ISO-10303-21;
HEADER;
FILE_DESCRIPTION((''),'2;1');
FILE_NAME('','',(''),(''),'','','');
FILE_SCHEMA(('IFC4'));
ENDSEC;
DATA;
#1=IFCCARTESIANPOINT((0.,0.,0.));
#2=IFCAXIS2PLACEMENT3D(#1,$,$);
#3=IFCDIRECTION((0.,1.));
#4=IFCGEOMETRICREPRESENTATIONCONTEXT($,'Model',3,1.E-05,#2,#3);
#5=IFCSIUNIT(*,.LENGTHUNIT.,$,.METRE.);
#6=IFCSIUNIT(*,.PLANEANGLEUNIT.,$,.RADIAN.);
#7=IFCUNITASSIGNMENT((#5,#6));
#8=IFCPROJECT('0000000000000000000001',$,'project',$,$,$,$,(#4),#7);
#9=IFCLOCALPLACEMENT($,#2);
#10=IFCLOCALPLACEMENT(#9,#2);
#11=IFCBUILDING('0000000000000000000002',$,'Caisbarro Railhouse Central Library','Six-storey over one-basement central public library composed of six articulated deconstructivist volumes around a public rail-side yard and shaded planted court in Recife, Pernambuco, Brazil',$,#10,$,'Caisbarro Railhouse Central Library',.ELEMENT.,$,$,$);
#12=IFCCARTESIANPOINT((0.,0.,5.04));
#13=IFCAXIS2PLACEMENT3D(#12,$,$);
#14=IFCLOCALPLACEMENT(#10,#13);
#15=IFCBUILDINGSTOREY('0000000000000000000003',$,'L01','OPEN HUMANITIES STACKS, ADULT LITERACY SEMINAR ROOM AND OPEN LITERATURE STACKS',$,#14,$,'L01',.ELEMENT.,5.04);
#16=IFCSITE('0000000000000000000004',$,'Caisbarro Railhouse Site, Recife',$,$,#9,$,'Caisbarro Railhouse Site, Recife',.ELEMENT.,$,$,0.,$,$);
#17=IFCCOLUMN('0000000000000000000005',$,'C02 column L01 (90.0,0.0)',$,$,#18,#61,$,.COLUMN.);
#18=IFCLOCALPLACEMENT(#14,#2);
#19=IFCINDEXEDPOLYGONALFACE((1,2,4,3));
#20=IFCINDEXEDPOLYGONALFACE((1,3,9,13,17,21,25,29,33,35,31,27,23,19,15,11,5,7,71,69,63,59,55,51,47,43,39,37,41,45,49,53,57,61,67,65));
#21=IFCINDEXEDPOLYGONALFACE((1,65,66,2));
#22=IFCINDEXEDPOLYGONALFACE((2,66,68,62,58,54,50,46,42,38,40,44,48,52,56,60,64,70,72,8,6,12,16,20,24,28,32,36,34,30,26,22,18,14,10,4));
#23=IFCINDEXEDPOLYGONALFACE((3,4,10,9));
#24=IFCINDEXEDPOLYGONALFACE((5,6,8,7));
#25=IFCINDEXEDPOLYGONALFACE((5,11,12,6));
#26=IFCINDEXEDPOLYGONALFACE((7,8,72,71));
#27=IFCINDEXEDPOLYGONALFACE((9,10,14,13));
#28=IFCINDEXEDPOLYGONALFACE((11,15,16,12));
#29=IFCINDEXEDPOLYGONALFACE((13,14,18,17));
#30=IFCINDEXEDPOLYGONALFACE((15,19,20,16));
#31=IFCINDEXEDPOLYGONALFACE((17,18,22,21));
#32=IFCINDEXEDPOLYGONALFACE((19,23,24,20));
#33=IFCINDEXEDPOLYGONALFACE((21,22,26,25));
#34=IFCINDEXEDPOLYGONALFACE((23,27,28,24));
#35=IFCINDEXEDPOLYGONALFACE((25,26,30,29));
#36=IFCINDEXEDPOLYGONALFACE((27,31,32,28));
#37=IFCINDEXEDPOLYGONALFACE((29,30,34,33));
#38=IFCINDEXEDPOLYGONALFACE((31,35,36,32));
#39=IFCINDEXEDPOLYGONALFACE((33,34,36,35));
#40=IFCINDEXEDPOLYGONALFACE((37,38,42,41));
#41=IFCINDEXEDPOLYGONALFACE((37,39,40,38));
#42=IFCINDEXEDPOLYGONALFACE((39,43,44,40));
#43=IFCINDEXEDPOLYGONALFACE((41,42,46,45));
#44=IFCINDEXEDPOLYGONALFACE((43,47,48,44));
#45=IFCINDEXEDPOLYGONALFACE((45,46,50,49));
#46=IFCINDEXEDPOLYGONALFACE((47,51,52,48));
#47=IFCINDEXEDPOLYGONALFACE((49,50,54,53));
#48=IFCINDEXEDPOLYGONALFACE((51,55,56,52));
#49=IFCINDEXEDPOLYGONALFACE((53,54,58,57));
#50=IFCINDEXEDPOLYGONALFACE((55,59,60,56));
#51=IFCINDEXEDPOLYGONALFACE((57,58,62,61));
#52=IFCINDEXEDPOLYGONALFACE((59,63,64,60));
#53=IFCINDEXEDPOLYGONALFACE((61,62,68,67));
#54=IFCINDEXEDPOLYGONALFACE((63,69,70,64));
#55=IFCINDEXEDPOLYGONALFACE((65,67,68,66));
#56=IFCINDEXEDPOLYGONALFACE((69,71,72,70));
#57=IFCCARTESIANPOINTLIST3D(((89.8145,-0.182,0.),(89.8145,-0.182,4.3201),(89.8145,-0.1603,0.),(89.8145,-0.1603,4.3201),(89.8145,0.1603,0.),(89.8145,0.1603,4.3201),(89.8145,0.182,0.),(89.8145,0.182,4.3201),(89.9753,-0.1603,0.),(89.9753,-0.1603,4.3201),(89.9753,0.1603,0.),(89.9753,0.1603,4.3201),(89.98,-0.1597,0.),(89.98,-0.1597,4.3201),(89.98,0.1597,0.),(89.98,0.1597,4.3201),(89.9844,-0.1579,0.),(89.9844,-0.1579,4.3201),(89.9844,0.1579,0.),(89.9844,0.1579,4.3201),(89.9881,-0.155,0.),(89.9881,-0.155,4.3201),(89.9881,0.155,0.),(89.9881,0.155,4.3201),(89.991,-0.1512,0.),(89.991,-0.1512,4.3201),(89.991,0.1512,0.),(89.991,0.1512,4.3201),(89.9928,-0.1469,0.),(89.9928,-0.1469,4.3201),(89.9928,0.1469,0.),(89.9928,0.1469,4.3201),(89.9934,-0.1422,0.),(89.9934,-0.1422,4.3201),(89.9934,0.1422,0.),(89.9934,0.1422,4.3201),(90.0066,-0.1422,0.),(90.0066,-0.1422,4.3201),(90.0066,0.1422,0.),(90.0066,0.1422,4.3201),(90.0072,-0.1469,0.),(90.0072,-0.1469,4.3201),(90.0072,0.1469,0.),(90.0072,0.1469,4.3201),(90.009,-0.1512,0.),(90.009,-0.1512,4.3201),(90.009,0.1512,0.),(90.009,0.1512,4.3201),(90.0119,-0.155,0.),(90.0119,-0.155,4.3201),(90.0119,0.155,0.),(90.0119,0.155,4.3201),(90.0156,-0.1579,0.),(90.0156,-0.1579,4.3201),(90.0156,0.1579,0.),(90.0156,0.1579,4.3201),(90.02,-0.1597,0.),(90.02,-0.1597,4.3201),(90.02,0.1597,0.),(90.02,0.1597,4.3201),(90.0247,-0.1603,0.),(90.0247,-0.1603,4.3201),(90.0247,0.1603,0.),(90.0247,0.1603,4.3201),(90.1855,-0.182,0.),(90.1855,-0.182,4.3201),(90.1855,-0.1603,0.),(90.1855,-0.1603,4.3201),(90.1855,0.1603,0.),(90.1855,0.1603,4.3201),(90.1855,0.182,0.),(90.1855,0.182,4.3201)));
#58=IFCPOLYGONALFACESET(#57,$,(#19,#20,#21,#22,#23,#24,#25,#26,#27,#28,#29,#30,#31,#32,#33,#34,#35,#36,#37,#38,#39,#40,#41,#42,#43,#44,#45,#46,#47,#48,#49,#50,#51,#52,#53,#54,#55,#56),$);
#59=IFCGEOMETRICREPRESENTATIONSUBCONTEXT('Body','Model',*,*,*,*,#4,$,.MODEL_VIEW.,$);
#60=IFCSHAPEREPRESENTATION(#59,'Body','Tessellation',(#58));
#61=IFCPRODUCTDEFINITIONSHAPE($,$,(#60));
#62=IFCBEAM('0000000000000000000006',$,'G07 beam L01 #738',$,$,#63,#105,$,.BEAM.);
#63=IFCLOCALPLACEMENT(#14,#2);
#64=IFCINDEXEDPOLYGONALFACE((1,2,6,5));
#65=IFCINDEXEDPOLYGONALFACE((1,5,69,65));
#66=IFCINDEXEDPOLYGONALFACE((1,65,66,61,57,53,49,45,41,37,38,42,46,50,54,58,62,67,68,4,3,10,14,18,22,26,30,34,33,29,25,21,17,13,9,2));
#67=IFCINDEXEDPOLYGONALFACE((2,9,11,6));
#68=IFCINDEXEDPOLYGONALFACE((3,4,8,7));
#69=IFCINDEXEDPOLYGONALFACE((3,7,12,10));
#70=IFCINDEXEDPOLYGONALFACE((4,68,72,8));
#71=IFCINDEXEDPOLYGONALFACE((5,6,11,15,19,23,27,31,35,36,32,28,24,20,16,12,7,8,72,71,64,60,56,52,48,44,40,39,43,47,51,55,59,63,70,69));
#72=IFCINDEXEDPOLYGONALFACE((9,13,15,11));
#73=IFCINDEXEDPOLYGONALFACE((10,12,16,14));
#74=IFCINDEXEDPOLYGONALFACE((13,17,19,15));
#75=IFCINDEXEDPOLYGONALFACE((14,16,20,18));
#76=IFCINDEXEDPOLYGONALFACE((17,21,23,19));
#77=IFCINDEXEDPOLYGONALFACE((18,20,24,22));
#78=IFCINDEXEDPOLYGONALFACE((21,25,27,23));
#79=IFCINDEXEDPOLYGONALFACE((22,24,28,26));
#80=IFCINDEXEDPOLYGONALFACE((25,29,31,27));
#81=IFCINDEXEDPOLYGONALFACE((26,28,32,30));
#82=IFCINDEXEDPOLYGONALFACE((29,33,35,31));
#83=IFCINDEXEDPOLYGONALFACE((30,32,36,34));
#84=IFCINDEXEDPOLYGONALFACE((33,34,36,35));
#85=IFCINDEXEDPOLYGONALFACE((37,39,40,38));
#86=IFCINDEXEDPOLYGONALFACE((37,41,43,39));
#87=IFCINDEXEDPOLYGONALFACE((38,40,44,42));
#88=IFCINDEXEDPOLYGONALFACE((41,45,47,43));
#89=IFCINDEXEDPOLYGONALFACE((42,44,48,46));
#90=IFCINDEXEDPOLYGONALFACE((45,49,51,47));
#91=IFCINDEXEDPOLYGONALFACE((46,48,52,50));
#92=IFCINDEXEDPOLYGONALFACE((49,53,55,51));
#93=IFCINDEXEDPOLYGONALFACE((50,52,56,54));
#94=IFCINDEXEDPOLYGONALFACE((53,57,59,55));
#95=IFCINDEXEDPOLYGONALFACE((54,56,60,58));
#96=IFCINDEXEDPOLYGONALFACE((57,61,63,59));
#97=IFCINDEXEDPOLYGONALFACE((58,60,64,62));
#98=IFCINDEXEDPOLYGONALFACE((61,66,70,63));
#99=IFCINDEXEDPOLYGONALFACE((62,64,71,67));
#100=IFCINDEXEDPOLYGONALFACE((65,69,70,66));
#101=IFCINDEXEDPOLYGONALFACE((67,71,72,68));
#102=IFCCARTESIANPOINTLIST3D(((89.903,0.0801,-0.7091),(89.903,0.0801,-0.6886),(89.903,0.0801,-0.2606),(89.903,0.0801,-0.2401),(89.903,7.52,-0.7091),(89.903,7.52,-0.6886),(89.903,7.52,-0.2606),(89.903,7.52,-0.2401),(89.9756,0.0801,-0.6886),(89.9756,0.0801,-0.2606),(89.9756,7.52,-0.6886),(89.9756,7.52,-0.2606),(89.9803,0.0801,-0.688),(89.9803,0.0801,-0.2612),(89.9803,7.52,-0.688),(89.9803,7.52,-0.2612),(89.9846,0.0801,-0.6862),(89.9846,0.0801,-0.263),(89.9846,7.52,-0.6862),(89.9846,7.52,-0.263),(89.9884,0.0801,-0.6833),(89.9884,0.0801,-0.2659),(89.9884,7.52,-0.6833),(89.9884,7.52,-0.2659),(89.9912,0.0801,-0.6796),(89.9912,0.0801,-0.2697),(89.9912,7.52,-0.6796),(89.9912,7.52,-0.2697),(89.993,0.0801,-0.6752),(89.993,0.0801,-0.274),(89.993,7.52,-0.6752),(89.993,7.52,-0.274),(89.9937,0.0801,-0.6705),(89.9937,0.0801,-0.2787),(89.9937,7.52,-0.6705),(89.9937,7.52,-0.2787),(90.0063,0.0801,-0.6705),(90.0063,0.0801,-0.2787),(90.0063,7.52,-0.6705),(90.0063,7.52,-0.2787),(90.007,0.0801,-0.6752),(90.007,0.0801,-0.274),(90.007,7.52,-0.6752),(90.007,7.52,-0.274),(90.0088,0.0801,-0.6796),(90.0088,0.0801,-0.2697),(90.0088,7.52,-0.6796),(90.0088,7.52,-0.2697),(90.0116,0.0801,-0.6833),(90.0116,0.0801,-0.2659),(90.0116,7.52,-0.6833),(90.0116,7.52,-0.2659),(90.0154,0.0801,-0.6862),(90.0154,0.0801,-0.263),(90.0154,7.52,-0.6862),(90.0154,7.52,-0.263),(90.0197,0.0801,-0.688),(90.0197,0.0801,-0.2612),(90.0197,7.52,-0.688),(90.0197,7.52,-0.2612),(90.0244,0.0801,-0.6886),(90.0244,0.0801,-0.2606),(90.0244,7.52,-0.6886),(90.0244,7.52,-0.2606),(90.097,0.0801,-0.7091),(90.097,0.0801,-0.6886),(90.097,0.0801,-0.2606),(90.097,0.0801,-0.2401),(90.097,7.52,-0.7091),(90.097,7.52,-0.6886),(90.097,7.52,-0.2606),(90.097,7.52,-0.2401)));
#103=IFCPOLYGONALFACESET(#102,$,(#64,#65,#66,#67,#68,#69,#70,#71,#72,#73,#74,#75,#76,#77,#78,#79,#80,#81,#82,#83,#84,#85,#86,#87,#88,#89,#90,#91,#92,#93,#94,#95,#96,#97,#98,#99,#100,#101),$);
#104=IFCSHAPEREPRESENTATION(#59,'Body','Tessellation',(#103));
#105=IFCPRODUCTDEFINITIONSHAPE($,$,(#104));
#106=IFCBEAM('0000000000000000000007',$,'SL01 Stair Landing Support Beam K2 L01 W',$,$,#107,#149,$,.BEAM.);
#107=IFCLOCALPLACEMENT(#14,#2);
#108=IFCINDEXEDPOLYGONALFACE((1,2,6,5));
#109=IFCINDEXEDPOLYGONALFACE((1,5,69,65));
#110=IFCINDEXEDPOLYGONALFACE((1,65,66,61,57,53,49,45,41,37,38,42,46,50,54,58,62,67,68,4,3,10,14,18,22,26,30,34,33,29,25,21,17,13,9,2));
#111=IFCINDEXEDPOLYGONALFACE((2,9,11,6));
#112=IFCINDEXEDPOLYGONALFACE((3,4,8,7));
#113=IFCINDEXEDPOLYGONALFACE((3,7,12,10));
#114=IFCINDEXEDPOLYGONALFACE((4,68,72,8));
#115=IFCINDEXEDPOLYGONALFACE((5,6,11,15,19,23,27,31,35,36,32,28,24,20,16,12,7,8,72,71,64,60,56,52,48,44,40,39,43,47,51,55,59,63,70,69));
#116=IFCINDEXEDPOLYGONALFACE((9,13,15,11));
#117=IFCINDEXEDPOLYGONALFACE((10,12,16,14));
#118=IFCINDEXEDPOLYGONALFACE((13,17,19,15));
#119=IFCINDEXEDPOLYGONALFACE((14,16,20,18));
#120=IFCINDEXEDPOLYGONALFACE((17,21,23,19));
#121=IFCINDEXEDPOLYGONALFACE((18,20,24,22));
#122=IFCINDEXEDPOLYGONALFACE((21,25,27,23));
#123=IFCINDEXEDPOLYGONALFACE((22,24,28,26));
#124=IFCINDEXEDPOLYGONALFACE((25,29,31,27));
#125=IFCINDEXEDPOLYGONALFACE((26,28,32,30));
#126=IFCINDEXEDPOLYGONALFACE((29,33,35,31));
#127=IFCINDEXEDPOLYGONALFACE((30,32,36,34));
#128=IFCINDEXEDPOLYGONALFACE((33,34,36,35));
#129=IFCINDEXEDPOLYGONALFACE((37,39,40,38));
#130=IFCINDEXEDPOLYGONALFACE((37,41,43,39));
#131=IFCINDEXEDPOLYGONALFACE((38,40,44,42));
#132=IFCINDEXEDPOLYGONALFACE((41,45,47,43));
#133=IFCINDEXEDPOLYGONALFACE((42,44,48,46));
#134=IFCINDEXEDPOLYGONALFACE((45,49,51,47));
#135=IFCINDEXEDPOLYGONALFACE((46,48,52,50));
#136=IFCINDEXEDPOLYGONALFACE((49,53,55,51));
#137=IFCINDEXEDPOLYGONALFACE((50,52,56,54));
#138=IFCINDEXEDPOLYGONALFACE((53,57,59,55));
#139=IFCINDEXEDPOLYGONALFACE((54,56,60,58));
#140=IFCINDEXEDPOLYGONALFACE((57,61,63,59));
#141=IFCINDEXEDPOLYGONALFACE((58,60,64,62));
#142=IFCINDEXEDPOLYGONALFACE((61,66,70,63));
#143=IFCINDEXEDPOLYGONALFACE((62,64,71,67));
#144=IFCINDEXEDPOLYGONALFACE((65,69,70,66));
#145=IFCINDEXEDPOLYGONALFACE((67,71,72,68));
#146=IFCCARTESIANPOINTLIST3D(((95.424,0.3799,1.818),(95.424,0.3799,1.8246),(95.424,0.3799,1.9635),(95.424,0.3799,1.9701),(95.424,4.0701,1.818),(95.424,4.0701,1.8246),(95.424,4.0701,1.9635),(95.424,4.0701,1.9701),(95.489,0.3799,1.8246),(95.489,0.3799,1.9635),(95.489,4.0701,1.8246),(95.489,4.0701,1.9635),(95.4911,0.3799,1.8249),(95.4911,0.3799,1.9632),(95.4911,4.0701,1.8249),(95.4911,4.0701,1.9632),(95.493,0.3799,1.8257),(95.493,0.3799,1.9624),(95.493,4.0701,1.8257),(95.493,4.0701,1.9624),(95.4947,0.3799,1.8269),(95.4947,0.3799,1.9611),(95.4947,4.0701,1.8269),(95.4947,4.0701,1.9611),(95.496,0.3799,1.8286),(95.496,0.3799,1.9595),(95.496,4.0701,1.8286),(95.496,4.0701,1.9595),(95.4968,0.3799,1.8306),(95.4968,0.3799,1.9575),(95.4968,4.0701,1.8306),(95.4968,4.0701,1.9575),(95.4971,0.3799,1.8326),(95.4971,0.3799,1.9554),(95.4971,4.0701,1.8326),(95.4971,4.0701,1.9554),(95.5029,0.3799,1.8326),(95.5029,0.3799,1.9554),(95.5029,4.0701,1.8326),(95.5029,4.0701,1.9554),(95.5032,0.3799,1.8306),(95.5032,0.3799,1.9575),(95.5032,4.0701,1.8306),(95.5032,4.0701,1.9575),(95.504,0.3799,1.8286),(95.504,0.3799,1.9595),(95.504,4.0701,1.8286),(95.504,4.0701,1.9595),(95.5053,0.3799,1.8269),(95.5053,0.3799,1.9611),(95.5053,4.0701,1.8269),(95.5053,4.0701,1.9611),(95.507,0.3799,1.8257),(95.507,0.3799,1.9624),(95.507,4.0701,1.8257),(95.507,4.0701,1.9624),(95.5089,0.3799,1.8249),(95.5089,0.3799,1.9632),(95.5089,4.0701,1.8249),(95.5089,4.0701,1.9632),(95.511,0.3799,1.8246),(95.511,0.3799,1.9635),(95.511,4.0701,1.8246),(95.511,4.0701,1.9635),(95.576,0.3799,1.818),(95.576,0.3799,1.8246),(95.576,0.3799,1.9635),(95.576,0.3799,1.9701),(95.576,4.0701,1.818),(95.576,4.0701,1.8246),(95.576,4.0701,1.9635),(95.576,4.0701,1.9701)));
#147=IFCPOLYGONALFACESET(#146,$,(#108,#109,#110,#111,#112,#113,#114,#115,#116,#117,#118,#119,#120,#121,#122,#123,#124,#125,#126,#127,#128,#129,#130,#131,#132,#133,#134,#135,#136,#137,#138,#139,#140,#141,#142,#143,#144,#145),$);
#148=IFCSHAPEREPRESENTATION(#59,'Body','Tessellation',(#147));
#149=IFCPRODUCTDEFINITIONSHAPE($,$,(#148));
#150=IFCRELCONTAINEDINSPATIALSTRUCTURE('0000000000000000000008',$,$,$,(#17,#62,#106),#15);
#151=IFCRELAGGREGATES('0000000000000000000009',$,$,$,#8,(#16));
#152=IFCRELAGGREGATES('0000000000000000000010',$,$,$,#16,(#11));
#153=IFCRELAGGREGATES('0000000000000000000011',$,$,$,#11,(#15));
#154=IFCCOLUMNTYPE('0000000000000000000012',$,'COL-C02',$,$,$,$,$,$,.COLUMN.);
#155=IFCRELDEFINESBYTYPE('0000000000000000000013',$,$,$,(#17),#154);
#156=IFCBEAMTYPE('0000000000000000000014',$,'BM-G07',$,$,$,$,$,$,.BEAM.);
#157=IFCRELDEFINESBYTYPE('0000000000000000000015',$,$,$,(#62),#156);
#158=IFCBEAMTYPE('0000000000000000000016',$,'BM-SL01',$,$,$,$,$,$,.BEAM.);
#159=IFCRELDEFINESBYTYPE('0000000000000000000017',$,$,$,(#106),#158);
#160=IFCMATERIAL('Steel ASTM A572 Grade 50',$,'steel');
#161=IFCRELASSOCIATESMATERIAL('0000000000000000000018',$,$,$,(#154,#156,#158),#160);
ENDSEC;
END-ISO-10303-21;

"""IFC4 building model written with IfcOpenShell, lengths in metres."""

from ifc_helpers import new_model, si_unit, direction, frame, origin, origin_2d, place, context, subcontext, project, spatial, i_section, extrude, material, material_profile, profile_set, type_object, element, save


model = new_model("IFC4")

# Units and contexts
model_context = context("Model", 3, precision=1e-05, world=origin(), true_north=direction((0.0, 1.0)))
body_context = subcontext(model_context, "Body", "Model", "MODEL_VIEW")
ifc_project = project(units=[si_unit("LENGTHUNIT", "METRE"), si_unit("PLANEANGLEUNIT", "RADIAN")], contexts=[model_context])

# Site, building, storey
site_placement = place(None, origin())
site = spatial("IfcSite", under=ifc_project, at=site_placement, Name="Caisbarro Railhouse Site, Recife", LongName="Caisbarro Railhouse Site, Recife", CompositionType="ELEMENT", RefElevation=0.0)
building_placement = place(site_placement, origin())
building = spatial("IfcBuilding", under=site, at=building_placement, Name="Caisbarro Railhouse Central Library", Description="Six-storey over one-basement central public library composed of six articulated deconstructivist volumes around a public rail-side yard and shaded planted court in Recife, Pernambuco, Brazil", LongName="Caisbarro Railhouse Central Library", CompositionType="ELEMENT")
storey_placement = place(building_placement, frame((0.0, 0.0, 5.04)))
storey = spatial("IfcBuildingStorey", under=building, at=storey_placement, Name="L01", Description="OPEN HUMANITIES STACKS, ADULT LITERACY SEMINAR ROOM AND OPEN LITERATURE STACKS", LongName="L01", CompositionType="ELEMENT", Elevation=5.04)

# Column
ifc_material_1 = material(Name="Steel ASTM A572 Grade 50", Category="steel")
ifc_material_profile_1 = material_profile(ifc_material_1, i_section(OverallWidth=0.3711, OverallDepth=0.364, WebThickness=0.0132, FlangeThickness=0.0217, FilletRadius=0.0181, at=origin_2d()), Name="W360X162.0")
ifc_profile_set_1 = profile_set([ifc_material_profile_1], Name="Steel ASTM A572 Grade 50")
column_type = type_object("IfcColumnType", Name="COL-C02", PredefinedType="COLUMN", material=ifc_profile_set_1)
column_placement = place(storey_placement, frame((90.0, 0.0, 0.0), z_axis=(0.0, 0.0, 1.0), x_axis=(1.0, 0.0, 0.0)))
element("IfcColumn", 1, at=column_placement, inside=storey, type_object=column_type, Name="C02 column L01 (90.0,0.0)", PredefinedType="COLUMN", context=body_context, shape_type="SweptSolid", body=[
    extrude(i_section(OverallWidth=0.3711, OverallDepth=0.364, WebThickness=0.0132, FlangeThickness=0.0217, FilletRadius=0.0181, at=origin_2d()), origin(), (0.0, 0.0, 1.0), 4.3201),
])

# Beams
ifc_material_profile_2 = material_profile(ifc_material_1, i_section(OverallWidth=0.1941, OverallDepth=0.469, WebThickness=0.0127, FlangeThickness=0.0205, FilletRadius=0.0181, at=origin_2d()), Name="W460X106.0")
ifc_profile_set_2 = profile_set([ifc_material_profile_2], Name="Steel ASTM A572 Grade 50")
beam_type_1 = type_object("IfcBeamType", Name="BM-G07", PredefinedType="BEAM", material=ifc_profile_set_2)
beam_1_placement = place(storey_placement, frame((90.0, 0.0801, -0.4746), z_axis=(0.0, 1.0, 0.0), x_axis=(-1.0, 0.0, 0.0)))
element("IfcBeam", 2, at=beam_1_placement, inside=storey, type_object=beam_type_1, Name="G07 beam L01 #738", PredefinedType="BEAM", context=body_context, shape_type="SweptSolid", body=[
    extrude(i_section(OverallWidth=0.1941, OverallDepth=0.469, WebThickness=0.0127, FlangeThickness=0.0205, FilletRadius=0.0181, at=origin_2d()), origin(), (0.0, 0.0, 1.0), 7.4399),
])
ifc_material_profile_3 = material_profile(ifc_material_1, i_section(OverallWidth=0.1521, OverallDepth=0.1521, WebThickness=0.0059, FlangeThickness=0.0066, FilletRadius=0.0081, at=origin_2d()), Name="W150X22.5")
ifc_profile_set_3 = profile_set([ifc_material_profile_3], Name="Steel ASTM A572 Grade 50")
beam_type_2 = type_object("IfcBeamType", Name="BM-SL01", PredefinedType="BEAM", material=ifc_profile_set_3)
beam_2_placement = place(storey_placement, frame((95.5, 0.3799, 1.894), z_axis=(0.0, 1.0, 0.0), x_axis=(-1.0, 0.0, 0.0)))
element("IfcBeam", 3, at=beam_2_placement, inside=storey, type_object=beam_type_2, Name="SL01 Stair Landing Support Beam K2 L01 W", PredefinedType="BEAM", context=body_context, shape_type="SweptSolid", body=[
    extrude(i_section(OverallWidth=0.1521, OverallDepth=0.1521, WebThickness=0.0059, FlangeThickness=0.0066, FilletRadius=0.0081, at=origin_2d()), origin(), (0.0, 0.0, 1.0), 3.6902),
])

save(model, "model.ifc")
